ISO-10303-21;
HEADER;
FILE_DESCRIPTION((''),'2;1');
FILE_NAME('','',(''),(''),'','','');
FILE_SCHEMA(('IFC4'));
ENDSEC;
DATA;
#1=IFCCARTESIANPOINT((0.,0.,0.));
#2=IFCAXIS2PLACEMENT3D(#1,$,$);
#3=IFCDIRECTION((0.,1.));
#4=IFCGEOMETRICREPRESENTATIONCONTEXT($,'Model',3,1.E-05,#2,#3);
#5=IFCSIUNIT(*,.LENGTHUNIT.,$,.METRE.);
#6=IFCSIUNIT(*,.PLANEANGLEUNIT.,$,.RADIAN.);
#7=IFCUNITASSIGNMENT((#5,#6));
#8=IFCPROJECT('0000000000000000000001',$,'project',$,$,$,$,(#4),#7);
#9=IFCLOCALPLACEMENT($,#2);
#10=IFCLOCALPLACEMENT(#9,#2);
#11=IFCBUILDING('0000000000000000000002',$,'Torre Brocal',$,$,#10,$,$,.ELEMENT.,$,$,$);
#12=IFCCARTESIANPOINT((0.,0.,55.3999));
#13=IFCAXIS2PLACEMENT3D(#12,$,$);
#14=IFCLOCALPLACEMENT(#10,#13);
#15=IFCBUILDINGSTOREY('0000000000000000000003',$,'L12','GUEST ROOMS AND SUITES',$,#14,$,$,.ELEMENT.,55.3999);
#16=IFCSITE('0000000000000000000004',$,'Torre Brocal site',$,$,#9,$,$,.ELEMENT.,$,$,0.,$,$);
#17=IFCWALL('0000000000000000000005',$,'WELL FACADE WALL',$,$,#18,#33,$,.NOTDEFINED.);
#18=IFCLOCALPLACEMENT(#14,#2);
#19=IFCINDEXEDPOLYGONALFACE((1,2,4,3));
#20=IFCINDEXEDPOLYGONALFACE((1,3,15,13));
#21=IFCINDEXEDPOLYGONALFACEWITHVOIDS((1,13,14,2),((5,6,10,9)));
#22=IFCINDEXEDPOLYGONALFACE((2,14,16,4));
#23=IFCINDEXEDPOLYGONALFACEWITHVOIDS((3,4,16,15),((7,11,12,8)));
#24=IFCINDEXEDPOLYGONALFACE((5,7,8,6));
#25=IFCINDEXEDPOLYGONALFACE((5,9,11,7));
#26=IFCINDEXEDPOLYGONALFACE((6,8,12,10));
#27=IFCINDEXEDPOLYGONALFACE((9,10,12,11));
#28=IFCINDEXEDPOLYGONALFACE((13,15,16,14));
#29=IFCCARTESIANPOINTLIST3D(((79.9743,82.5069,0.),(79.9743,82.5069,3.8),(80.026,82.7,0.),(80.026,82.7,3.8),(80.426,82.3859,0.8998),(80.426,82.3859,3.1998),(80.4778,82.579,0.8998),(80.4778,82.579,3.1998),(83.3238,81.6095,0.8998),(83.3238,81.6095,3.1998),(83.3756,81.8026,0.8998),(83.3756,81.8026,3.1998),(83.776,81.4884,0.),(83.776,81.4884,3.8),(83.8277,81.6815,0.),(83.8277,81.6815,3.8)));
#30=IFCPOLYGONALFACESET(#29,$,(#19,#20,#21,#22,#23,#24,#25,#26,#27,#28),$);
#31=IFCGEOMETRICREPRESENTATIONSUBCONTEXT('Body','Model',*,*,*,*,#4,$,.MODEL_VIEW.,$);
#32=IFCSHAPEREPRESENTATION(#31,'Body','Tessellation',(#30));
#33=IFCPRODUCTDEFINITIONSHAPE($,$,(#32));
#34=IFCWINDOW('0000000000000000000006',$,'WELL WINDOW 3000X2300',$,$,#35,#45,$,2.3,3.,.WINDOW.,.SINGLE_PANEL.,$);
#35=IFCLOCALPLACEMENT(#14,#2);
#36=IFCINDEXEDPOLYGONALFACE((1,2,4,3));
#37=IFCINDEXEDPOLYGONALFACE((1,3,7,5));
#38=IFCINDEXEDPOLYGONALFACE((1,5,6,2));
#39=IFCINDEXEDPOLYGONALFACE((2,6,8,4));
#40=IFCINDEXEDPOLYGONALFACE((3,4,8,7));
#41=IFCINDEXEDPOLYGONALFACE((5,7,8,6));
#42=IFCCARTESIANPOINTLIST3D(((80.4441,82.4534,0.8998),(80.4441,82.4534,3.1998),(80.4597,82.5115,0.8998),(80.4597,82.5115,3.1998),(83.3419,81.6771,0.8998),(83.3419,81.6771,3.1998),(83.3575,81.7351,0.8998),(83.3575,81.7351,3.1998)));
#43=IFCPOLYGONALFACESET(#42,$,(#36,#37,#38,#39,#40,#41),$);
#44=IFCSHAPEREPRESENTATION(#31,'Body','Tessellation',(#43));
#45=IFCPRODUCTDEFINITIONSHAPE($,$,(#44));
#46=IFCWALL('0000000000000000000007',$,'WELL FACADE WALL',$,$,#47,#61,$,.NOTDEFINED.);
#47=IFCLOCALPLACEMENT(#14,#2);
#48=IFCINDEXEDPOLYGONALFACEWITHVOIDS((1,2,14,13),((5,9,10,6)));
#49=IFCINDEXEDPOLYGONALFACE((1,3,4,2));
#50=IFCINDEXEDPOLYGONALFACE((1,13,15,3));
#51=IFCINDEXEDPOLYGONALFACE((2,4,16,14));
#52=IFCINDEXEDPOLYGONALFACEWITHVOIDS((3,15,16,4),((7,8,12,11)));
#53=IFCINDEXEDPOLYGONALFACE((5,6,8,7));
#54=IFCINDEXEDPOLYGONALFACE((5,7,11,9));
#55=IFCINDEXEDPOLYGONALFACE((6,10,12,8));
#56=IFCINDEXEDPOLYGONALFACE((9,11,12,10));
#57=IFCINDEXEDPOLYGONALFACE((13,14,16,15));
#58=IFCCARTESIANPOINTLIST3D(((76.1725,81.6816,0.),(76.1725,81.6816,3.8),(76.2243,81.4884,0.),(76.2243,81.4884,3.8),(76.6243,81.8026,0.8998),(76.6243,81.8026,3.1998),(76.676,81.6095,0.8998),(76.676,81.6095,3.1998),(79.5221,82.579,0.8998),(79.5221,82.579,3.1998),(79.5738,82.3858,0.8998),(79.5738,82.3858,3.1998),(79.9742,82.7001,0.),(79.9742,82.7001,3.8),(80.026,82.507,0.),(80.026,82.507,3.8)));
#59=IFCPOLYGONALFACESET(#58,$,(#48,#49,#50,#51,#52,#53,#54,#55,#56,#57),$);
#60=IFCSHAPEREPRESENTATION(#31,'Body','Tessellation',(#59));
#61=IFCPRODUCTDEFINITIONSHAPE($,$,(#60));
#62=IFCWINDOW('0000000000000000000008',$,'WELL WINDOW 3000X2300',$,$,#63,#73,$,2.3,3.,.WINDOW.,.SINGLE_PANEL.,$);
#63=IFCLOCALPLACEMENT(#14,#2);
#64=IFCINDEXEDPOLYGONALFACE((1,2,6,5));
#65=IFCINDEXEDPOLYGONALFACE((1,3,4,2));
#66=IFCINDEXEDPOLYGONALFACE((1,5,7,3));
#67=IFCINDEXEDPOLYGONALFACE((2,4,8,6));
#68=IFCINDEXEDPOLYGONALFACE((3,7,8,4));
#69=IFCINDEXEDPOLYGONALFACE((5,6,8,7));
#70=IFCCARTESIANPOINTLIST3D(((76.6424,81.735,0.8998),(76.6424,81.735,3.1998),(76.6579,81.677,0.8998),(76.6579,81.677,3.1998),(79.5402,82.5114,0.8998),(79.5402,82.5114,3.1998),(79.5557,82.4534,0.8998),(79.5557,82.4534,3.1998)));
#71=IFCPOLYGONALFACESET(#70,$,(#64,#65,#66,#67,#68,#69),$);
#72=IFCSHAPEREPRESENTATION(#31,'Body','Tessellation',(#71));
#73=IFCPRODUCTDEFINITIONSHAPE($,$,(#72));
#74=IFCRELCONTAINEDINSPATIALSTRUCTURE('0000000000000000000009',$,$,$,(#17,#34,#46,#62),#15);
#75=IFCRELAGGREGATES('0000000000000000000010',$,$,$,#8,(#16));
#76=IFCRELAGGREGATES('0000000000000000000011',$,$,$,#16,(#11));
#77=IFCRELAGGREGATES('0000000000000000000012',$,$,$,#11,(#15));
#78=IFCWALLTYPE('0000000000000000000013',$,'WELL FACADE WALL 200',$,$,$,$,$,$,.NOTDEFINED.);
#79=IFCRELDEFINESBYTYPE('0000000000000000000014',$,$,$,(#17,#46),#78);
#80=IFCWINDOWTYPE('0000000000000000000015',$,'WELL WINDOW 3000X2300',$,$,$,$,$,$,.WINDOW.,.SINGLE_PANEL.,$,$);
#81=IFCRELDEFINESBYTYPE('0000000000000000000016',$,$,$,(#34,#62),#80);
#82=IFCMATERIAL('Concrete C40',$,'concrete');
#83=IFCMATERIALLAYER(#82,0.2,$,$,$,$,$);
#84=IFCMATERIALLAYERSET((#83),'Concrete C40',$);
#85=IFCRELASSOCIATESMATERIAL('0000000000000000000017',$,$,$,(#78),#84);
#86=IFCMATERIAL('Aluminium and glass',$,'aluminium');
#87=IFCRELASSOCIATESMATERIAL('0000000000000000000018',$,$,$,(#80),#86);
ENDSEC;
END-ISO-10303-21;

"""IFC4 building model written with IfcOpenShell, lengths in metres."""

from ifc_helpers import new_model, si_unit, direction, frame, frame_2d, origin, place, context, subcontext, project, spatial, rectangle, extrude, material, layer, layer_set, type_object, element, fill, save


model = new_model("IFC4")

# Units and contexts
model_context = context("Model", 3, precision=1e-05, world=origin(), true_north=direction((0.0, 1.0)))
body_context = subcontext(model_context, "Body", "Model", "MODEL_VIEW")
ifc_project = project(units=[si_unit("LENGTHUNIT", "METRE"), si_unit("PLANEANGLEUNIT", "RADIAN")], contexts=[model_context])

# Site, building, storey
site_placement = place(None, origin())
site = spatial("IfcSite", under=ifc_project, at=site_placement, Name="Torre Brocal site", CompositionType="ELEMENT", RefElevation=0.0)
building_placement = place(site_placement, origin())
building = spatial("IfcBuilding", under=site, at=building_placement, Name="Torre Brocal", CompositionType="ELEMENT")
storey_placement = place(building_placement, frame((0.0, 0.0, 55.3999)))
storey = spatial("IfcBuildingStorey", under=building, at=storey_placement, Name="L12", Description="GUEST ROOMS AND SUITES", CompositionType="ELEMENT", Elevation=55.3999)

# Walls, openings, windows
ifc_material_1 = material(Name="Concrete C40", Category="concrete")
ifc_layer_1 = layer(ifc_material_1, 0.2)
ifc_layer_set_1 = layer_set([ifc_layer_1], Name="Concrete C40")
wall_type_1 = type_object("IfcWallType", Name="WELL FACADE WALL 200", PredefinedType="NOTDEFINED", material=ifc_layer_set_1)
ifc_material_2 = material(Name="Aluminium and glass", Category="aluminium")
window_type = type_object("IfcWindowType", Name="WELL WINDOW 3000X2300", PartitioningType="SINGLE_PANEL", PredefinedType="WINDOW", material=ifc_material_2)
wall_1_placement = place(storey_placement, frame((83.8018, 81.585, 0.0), z_axis=(0.0, 0.0, 1.0), x_axis=(-0.965934, 0.25879, 0.0)))
wall_1 = element("IfcWall", 1, at=wall_1_placement, inside=storey, type_object=wall_type_1, Name="WELL FACADE WALL", PredefinedType="NOTDEFINED", context=body_context, shape_type="SweptSolid", body=[
    extrude(rectangle(XDim=3.9358, YDim=0.2, at=frame_2d((1.9678, 0.0))), origin(), (0.0, 0.0, 1.0), 3.8),
])
opening_1_placement = place(wall_1_placement, frame((0.468, 0.0, 0.8999)))
opening_1 = element("IfcOpeningElement", 2, at=opening_1_placement, cuts=wall_1, PredefinedType="OPENING", context=body_context, shape_type="SweptSolid", body=[
    extrude(rectangle(XDim=3.0, YDim=2.3, at=frame_2d((1.5, 1.1499))), frame((0.0, 0.1099, 0.0), z_axis=(0.0, -1.0, 0.0), x_axis=(1.0, 0.0, 0.0)), (0.0, 0.0, 1.0), 0.22),
])
window_1_placement = place(opening_1_placement, origin())
window_1 = element("IfcWindow", 3, at=window_1_placement, inside=storey, type_object=window_type, Name="WELL WINDOW 3000X2300", OverallHeight=2.3, OverallWidth=3.0, PartitioningType="SINGLE_PANEL", PredefinedType="WINDOW", context=body_context, shape_type="SweptSolid", body=[
    extrude(rectangle(XDim=3.0, YDim=2.3, at=frame_2d((1.5, 1.1499))), frame((0.0, 0.03, 0.0), z_axis=(0.0, -1.0, 0.0), x_axis=(1.0, 0.0, 0.0)), (0.0, 0.0, 1.0), 0.0601),
])
fill(opening_1, window_1)
wall_2_placement = place(storey_placement, frame((80.0, 82.6035, 0.0), z_axis=(0.0, 0.0, 1.0), x_axis=(-0.965934, -0.25879, 0.0)))
wall_2 = element("IfcWall", 4, at=wall_2_placement, inside=storey, type_object=wall_type_1, Name="WELL FACADE WALL", PredefinedType="NOTDEFINED", context=body_context, shape_type="SweptSolid", body=[
    extrude(rectangle(XDim=3.9358, YDim=0.2, at=frame_2d((1.9678, 0.0))), origin(), (0.0, 0.0, 1.0), 3.8),
])
opening_2_placement = place(wall_2_placement, frame((0.468, 0.0, 0.8999)))
opening_2 = element("IfcOpeningElement", 5, at=opening_2_placement, cuts=wall_2, PredefinedType="OPENING", context=body_context, shape_type="SweptSolid", body=[
    extrude(rectangle(XDim=3.0, YDim=2.3, at=frame_2d((1.5, 1.1499))), frame((0.0, 0.1099, 0.0), z_axis=(0.0, -1.0, 0.0), x_axis=(1.0, 0.0, 0.0)), (0.0, 0.0, 1.0), 0.22),
])
window_2_placement = place(opening_2_placement, origin())
window_2 = element("IfcWindow", 6, at=window_2_placement, inside=storey, type_object=window_type, Name="WELL WINDOW 3000X2300", OverallHeight=2.3, OverallWidth=3.0, PartitioningType="SINGLE_PANEL", PredefinedType="WINDOW", context=body_context, shape_type="SweptSolid", body=[
    extrude(rectangle(XDim=3.0, YDim=2.3, at=frame_2d((1.5, 1.1499))), frame((0.0, 0.03, 0.0), z_axis=(0.0, -1.0, 0.0), x_axis=(1.0, 0.0, 0.0)), (0.0, 0.0, 1.0), 0.0601),
])
fill(opening_2, window_2)

save(model, "model.ifc")
